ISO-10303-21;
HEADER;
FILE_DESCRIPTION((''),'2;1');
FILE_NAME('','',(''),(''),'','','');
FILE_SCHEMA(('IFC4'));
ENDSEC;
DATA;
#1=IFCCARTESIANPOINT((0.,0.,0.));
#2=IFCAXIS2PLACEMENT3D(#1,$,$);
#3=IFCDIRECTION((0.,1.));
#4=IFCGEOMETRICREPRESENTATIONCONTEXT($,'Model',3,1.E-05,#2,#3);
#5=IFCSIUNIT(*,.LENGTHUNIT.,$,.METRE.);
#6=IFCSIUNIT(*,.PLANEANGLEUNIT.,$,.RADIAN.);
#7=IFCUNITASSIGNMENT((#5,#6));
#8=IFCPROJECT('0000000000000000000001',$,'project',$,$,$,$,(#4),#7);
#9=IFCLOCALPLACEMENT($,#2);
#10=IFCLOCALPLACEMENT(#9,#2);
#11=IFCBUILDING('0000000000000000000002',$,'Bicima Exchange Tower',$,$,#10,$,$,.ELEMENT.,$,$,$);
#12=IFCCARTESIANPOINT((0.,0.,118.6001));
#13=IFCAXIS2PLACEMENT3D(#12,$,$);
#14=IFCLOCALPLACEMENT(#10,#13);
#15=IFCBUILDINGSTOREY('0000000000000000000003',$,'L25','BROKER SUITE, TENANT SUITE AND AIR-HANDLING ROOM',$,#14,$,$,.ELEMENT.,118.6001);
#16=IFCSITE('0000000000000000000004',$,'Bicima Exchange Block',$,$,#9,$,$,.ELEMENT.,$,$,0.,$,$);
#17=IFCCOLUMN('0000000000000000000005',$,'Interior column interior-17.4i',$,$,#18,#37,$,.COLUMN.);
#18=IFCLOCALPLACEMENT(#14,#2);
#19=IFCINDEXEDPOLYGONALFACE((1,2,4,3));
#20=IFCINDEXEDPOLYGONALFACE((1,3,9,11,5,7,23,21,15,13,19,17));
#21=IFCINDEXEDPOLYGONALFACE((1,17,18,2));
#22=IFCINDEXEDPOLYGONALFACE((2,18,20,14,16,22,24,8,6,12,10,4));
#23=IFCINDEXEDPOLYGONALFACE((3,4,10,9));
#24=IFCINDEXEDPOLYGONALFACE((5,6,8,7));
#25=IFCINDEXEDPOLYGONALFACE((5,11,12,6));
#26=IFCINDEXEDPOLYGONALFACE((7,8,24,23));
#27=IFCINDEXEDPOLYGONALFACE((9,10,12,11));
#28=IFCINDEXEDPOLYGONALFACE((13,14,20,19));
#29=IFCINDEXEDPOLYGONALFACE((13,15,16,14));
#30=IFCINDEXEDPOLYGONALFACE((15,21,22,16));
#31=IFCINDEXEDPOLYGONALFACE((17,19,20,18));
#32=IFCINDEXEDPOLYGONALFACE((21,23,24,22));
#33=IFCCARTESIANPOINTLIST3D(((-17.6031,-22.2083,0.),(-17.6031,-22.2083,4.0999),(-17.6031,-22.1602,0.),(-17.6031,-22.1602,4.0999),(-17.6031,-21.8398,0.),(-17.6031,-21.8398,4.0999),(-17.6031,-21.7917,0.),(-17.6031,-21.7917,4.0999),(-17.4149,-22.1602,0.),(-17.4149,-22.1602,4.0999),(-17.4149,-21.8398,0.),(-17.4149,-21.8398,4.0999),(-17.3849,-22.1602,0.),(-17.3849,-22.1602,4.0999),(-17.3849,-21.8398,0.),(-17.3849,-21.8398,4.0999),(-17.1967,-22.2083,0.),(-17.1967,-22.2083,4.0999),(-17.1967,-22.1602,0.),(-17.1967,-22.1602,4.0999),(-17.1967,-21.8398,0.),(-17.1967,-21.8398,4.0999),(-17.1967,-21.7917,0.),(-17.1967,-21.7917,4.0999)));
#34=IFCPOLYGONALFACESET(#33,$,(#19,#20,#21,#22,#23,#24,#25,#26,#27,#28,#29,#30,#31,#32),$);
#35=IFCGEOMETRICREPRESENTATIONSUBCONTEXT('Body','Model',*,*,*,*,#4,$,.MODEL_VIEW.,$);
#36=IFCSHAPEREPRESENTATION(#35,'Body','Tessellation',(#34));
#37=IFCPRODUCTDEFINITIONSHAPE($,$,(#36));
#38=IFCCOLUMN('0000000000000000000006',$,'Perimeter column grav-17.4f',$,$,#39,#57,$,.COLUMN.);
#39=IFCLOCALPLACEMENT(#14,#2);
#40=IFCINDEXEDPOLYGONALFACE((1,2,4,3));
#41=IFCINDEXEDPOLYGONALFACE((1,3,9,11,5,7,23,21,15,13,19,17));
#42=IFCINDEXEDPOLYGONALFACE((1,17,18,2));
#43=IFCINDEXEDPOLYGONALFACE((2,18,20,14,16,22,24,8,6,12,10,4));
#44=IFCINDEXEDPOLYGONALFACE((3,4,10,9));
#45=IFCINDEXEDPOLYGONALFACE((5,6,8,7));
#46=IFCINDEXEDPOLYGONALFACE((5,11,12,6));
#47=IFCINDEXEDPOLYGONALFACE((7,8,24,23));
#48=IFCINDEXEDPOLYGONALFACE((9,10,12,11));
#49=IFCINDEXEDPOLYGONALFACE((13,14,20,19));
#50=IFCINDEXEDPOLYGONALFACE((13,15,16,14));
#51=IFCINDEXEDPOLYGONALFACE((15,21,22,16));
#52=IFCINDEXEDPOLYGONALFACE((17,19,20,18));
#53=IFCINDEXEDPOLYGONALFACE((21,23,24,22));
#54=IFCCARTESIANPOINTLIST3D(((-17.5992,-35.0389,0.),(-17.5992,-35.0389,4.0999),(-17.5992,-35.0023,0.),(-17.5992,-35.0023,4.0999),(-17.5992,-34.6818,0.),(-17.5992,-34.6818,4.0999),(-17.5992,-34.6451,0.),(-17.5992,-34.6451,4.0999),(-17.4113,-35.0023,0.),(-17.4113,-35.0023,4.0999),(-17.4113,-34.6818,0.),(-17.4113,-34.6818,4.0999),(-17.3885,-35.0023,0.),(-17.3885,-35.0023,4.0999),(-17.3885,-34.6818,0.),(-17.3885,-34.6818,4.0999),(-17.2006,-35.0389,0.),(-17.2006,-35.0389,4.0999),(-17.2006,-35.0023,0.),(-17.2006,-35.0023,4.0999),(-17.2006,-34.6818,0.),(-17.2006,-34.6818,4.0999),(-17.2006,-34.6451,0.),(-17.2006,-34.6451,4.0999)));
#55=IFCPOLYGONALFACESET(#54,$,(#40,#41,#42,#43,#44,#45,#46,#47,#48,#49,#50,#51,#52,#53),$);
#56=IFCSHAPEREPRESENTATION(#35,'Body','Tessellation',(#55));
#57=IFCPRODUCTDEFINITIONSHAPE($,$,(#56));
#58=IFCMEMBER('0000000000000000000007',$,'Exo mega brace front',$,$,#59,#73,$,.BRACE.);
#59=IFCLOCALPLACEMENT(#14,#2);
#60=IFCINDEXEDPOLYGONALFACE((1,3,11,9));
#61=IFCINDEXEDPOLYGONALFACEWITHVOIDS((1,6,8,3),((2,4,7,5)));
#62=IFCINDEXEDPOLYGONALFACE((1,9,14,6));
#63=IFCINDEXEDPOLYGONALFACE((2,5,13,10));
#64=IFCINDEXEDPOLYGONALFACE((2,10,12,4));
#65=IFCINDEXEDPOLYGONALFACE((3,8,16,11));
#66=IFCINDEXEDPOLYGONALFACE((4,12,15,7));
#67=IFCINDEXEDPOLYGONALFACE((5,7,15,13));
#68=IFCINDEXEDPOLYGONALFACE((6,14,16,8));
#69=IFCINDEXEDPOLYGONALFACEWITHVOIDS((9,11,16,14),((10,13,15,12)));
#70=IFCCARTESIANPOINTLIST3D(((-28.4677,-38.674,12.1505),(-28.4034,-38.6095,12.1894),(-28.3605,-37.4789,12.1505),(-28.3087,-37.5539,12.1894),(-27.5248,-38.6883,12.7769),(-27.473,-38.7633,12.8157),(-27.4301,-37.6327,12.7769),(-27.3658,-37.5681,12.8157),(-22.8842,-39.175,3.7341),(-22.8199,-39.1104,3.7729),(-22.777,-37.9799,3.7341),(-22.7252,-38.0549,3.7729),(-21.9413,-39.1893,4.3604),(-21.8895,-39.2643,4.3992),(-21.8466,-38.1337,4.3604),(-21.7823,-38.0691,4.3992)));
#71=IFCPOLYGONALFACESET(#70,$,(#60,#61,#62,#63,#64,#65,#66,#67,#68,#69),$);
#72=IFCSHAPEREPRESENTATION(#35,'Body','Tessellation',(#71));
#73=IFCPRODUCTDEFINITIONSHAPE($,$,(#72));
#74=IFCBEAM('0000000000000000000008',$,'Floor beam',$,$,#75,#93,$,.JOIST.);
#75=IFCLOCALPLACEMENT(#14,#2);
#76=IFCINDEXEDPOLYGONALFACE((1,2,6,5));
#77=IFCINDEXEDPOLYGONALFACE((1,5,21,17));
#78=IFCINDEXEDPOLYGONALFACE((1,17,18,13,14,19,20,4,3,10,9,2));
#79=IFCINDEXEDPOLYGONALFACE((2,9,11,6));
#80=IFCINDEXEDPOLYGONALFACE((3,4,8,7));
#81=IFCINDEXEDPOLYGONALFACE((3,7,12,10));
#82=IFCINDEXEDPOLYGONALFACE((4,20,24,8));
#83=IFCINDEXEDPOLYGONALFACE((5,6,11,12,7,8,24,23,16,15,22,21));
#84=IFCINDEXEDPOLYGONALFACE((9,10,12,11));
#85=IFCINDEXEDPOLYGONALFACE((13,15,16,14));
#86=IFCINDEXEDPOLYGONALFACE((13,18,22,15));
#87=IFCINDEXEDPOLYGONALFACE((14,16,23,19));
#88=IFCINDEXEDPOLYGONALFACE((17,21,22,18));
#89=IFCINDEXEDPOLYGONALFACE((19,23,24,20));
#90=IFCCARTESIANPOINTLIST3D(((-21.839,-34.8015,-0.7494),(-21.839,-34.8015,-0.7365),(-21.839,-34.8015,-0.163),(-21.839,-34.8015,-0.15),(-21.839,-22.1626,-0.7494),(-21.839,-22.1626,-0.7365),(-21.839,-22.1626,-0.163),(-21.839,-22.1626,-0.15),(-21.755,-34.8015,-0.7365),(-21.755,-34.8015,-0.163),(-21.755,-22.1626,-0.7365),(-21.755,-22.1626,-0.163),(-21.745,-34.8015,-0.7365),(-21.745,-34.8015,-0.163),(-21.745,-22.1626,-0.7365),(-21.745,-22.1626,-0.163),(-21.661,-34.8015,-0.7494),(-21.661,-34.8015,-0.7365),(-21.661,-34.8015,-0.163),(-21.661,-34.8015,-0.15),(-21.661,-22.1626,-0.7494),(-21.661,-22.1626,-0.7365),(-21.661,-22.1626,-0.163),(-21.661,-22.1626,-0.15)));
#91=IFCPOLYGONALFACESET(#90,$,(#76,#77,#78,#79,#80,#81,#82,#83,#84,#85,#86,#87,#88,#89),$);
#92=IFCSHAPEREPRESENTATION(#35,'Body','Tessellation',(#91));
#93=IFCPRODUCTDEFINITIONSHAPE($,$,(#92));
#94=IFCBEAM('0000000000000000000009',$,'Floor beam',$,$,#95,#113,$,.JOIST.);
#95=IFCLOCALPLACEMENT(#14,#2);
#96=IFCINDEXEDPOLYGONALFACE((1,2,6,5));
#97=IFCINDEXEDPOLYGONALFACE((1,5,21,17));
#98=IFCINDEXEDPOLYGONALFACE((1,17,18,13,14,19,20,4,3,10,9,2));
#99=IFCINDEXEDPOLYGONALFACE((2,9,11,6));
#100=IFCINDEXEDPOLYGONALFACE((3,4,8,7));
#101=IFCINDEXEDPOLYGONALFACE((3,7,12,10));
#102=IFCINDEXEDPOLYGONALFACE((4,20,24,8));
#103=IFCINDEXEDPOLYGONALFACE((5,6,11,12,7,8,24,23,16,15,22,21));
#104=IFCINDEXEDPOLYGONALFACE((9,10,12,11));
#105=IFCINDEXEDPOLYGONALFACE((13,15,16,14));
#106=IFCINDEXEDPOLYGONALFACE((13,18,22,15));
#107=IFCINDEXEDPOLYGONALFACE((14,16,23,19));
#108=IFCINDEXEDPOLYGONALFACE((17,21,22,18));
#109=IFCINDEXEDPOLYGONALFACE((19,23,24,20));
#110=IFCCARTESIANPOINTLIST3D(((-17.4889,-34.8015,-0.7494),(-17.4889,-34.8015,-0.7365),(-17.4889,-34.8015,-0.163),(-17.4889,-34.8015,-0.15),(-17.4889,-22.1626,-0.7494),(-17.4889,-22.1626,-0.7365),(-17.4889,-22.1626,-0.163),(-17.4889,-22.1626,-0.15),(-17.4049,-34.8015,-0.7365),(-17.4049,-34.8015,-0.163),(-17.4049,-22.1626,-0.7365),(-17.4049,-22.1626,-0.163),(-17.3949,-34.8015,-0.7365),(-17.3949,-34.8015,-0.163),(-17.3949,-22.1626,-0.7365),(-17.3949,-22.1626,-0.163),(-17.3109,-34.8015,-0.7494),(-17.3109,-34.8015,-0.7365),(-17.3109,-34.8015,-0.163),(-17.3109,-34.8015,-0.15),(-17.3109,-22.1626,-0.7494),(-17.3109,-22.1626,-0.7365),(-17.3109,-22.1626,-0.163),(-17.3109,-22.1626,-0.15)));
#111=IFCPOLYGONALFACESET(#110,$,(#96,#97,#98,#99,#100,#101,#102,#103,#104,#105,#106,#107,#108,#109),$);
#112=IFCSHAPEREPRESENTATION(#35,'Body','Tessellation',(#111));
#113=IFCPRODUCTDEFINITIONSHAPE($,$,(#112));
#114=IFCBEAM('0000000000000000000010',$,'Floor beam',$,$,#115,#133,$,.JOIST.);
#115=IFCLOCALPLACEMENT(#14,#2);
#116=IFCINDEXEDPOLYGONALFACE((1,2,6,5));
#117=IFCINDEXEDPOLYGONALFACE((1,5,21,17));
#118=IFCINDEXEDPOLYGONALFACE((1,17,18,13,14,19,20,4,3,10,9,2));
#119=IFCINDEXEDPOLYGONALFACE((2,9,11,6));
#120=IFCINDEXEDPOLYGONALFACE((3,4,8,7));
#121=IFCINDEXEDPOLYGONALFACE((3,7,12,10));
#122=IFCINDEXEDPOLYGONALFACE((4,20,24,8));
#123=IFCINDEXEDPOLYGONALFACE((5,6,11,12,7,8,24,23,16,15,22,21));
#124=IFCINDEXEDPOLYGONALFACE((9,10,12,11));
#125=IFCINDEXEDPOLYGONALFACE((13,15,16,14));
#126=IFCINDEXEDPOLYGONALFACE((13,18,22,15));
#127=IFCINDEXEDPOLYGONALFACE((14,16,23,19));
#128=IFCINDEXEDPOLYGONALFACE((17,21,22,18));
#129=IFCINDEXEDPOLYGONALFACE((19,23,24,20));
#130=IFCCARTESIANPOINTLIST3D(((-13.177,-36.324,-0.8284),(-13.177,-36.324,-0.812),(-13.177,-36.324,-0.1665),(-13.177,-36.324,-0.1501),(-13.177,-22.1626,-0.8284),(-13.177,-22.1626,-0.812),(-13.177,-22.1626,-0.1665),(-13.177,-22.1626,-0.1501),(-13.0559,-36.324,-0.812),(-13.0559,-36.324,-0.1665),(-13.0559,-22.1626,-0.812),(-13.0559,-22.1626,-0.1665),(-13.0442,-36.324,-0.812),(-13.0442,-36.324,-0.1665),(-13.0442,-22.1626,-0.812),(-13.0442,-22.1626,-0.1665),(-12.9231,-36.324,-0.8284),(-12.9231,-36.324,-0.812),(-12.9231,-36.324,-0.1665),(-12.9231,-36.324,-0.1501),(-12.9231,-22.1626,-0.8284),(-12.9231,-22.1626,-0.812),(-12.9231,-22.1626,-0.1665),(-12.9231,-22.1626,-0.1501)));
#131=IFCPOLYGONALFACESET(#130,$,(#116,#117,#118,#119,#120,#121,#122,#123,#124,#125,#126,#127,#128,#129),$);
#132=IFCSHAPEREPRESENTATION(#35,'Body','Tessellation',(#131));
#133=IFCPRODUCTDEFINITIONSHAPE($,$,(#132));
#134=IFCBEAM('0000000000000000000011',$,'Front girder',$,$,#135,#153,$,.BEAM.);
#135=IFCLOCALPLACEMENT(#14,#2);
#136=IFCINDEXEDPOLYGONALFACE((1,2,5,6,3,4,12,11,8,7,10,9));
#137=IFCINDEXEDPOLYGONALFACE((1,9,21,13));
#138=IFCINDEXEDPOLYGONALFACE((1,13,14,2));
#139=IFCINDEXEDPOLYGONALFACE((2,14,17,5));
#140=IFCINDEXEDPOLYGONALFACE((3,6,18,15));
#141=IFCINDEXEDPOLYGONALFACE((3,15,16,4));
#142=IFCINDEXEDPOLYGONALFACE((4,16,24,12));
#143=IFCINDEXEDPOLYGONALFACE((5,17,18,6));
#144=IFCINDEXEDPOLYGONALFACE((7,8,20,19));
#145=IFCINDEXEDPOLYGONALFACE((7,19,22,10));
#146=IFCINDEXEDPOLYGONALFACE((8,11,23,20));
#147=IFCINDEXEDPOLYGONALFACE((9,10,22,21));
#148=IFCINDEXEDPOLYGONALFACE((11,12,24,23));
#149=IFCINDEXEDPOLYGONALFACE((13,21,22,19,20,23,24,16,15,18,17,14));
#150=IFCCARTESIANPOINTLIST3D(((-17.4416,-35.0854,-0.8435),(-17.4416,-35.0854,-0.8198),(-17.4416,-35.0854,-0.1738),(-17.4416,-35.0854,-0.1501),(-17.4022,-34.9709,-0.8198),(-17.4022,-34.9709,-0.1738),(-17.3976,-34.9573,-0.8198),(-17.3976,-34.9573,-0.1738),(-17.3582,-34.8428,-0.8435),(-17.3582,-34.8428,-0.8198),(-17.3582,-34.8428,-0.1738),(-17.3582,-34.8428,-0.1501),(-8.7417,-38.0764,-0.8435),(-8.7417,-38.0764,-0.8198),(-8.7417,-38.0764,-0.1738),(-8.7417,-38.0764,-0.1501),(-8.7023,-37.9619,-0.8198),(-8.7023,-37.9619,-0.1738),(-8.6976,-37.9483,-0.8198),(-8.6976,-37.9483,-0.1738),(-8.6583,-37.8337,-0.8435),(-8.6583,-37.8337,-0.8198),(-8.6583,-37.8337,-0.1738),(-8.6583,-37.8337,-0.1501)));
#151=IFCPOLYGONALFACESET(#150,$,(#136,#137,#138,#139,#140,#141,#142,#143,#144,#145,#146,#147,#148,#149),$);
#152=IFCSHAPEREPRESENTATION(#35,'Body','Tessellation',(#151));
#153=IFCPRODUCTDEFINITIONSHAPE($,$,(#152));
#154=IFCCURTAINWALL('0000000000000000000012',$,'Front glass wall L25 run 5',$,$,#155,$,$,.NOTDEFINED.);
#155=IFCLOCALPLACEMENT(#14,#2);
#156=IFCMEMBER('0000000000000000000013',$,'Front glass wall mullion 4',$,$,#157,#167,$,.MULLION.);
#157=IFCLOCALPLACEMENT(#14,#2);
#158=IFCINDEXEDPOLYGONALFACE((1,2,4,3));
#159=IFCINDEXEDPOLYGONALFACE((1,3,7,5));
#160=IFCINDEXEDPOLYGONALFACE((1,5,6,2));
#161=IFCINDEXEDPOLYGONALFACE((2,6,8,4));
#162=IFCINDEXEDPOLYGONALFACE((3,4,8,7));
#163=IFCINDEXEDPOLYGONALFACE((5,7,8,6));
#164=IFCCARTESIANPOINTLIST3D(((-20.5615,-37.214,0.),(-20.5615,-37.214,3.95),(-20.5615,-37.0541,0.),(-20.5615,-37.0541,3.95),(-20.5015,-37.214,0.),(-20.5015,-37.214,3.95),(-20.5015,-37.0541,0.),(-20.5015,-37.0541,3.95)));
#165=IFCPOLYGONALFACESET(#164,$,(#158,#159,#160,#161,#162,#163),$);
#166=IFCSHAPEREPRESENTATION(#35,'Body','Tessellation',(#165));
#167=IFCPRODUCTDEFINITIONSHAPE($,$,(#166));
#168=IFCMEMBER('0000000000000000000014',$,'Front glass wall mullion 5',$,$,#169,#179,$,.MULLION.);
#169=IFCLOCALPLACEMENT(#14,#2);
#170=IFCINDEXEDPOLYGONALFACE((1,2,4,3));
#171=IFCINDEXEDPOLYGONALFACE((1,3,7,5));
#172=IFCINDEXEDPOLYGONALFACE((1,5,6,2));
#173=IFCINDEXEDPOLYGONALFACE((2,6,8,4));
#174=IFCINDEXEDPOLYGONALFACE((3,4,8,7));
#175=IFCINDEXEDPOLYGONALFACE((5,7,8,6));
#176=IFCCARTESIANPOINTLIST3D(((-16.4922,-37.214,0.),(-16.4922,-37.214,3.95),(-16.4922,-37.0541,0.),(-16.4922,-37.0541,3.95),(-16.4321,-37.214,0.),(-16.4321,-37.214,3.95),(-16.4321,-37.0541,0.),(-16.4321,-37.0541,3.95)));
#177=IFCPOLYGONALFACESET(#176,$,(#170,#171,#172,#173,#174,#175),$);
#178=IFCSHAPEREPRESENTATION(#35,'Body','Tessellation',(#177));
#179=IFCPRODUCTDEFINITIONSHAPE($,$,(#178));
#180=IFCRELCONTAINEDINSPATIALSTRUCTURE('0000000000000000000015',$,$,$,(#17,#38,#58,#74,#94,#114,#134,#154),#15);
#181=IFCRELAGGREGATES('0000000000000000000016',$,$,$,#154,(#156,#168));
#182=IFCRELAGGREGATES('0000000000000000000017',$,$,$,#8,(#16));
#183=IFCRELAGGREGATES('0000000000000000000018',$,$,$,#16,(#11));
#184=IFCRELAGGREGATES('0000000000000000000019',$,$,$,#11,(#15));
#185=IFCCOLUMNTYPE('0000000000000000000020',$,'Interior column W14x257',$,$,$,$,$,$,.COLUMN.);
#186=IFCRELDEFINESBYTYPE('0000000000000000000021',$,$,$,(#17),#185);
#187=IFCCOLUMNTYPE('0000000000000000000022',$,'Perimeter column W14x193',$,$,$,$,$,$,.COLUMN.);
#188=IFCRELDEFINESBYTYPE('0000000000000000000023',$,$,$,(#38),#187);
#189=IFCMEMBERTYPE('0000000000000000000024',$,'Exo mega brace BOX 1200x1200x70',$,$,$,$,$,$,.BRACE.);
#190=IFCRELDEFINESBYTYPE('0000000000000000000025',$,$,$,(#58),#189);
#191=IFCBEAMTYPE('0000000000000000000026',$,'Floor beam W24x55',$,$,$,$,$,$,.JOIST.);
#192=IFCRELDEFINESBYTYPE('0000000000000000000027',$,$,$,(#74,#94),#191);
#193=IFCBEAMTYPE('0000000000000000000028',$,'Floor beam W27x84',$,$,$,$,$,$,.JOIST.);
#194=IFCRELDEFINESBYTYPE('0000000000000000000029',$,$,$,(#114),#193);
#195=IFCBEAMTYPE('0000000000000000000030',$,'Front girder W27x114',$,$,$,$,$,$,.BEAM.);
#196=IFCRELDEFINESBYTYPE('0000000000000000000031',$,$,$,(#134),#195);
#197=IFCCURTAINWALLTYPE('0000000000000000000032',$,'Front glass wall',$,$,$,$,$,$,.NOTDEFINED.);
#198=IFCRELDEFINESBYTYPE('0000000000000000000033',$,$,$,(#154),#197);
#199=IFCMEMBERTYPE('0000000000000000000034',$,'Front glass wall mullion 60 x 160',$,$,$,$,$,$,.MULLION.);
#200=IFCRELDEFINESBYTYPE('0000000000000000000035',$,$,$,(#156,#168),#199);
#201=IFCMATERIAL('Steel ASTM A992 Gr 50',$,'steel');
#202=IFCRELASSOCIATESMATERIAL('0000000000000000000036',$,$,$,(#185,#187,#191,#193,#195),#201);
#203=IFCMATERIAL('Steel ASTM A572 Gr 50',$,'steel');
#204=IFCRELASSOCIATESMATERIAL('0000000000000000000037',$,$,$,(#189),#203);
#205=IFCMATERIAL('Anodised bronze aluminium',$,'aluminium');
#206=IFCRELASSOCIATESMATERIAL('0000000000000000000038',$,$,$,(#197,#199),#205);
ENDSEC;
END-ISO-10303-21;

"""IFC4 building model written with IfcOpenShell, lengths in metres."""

from ifc_helpers import new_model, si_unit, direction, frame, origin, origin_2d, place, context, subcontext, project, spatial, rectangle, hollow_rectangle, i_section, extrude, material, material_profile, profile_set, type_object, element, aggregate, save


model = new_model("IFC4")

# Units and contexts
model_context = context("Model", 3, precision=1e-05, world=origin(), true_north=direction((0.0, 1.0)))
body_context = subcontext(model_context, "Body", "Model", "MODEL_VIEW")
ifc_project = project(units=[si_unit("LENGTHUNIT", "METRE"), si_unit("PLANEANGLEUNIT", "RADIAN")], contexts=[model_context])

# Site, building, storey
site_placement = place(None, origin())
site = spatial("IfcSite", under=ifc_project, at=site_placement, Name="Bicima Exchange Block", CompositionType="ELEMENT", RefElevation=0.0)
building_placement = place(site_placement, origin())
building = spatial("IfcBuilding", under=site, at=building_placement, Name="Bicima Exchange Tower", CompositionType="ELEMENT")
storey_placement = place(building_placement, frame((0.0, 0.0, 118.6001)))
storey = spatial("IfcBuildingStorey", under=building, at=storey_placement, Name="L25", Description="BROKER SUITE, TENANT SUITE AND AIR-HANDLING ROOM", CompositionType="ELEMENT", Elevation=118.6001)

# Columns
ifc_material_1 = material(Name="Steel ASTM A992 Gr 50", Category="steel")
ifc_material_profile_1 = material_profile(ifc_material_1, i_section(OverallWidth=0.4065, OverallDepth=0.4165, WebThickness=0.03, FlangeThickness=0.0481, at=origin_2d()))
ifc_profile_set_1 = profile_set([ifc_material_profile_1], Name="Steel ASTM A992 Gr 50")
column_type_1 = type_object("IfcColumnType", Name="Interior column W14x257", PredefinedType="COLUMN", material=ifc_profile_set_1)
column_1_placement = place(storey_placement, frame((-17.3999, -22.0, 0.0), z_axis=(0.0, 0.0, 1.0), x_axis=(1.0, 0.0, 0.0)))
element("IfcColumn", 1, at=column_1_placement, inside=storey, type_object=column_type_1, Name="Interior column interior-17.4i", PredefinedType="COLUMN", context=body_context, shape_type="SweptSolid", body=[
    extrude(i_section(OverallWidth=0.4065, OverallDepth=0.4165, WebThickness=0.03, FlangeThickness=0.0481, at=origin_2d()), origin(), (0.0, 0.0, 1.0), 4.0999),
])
ifc_material_profile_2 = material_profile(ifc_material_1, i_section(OverallWidth=0.3987, OverallDepth=0.3938, WebThickness=0.0227, FlangeThickness=0.0366, at=origin_2d()))
ifc_profile_set_2 = profile_set([ifc_material_profile_2], Name="Steel ASTM A992 Gr 50")
column_type_2 = type_object("IfcColumnType", Name="Perimeter column W14x193", PredefinedType="COLUMN", material=ifc_profile_set_2)
column_2_placement = place(storey_placement, frame((-17.3999, -34.842, 0.0), z_axis=(0.0, 0.0, 1.0), x_axis=(1.0, 0.0, 0.0)))
element("IfcColumn", 2, at=column_2_placement, inside=storey, type_object=column_type_2, Name="Perimeter column grav-17.4f", PredefinedType="COLUMN", context=body_context, shape_type="SweptSolid", body=[
    extrude(i_section(OverallWidth=0.3987, OverallDepth=0.3938, WebThickness=0.0227, FlangeThickness=0.0366, at=origin_2d()), origin(), (0.0, 0.0, 1.0), 4.0999),
])

# Member
ifc_material_2 = material(Name="Steel ASTM A572 Gr 50", Category="steel")
ifc_material_profile_3 = material_profile(ifc_material_2, hollow_rectangle(XDim=1.2, YDim=1.2, WallThickness=0.0701, at=origin_2d()))
ifc_profile_set_3 = profile_set([ifc_material_profile_3], Name="Steel ASTM A572 Gr 50")
member_type_1 = type_object("IfcMemberType", Name="Exo mega brace BOX 1200x1200x70", PredefinedType="BRACE", material=ifc_profile_set_3)
member_1_placement = place(storey_placement, frame((-22.3333, -38.6221, 4.0667), z_axis=(-0.552135, 0.04954, 0.832282), x_axis=(-0.089366, -0.995999, 0.0)))
element("IfcMember", 3, at=member_1_placement, inside=storey, type_object=member_type_1, Name="Exo mega brace front", PredefinedType="BRACE", context=body_context, shape_type="SweptSolid", body=[
    extrude(hollow_rectangle(XDim=1.2, YDim=1.2, WallThickness=0.0701, at=origin_2d()), origin(), (0.0, 0.0, 1.0), 10.1125),
])

# Beams
ifc_material_profile_4 = material_profile(ifc_material_1, i_section(OverallWidth=0.178, OverallDepth=0.5994, WebThickness=0.01, FlangeThickness=0.0129, at=origin_2d()))
ifc_profile_set_4 = profile_set([ifc_material_profile_4], Name="Steel ASTM A992 Gr 50")
beam_type_1 = type_object("IfcBeamType", Name="Floor beam W24x55", PredefinedType="JOIST", material=ifc_profile_set_4)
for number, where, z_axis, x_axis, name in (
    (4, (-21.75, -22.1626, -0.4497), (0.0, -1.0, 0.0), (1.0, 0.0, 0.0), "Floor beam"),
    (5, (-17.3999, -22.1626, -0.4497), (0.0, -1.0, 0.0), (1.0, 0.0, 0.0), "Floor beam"),
):
    element("IfcBeam", number, at=place(storey_placement, frame(where, z_axis=z_axis, x_axis=x_axis)), inside=storey, type_object=beam_type_1, Name=name, PredefinedType="JOIST", context=body_context, shape_type="SweptSolid", body=[
        extrude(i_section(OverallWidth=0.178, OverallDepth=0.5994, WebThickness=0.01, FlangeThickness=0.0129, at=origin_2d()), origin(), (0.0, 0.0, 1.0), 12.6389),
    ])
ifc_material_profile_5 = material_profile(ifc_material_1, i_section(OverallWidth=0.2539, OverallDepth=0.6782, WebThickness=0.0117, FlangeThickness=0.0164, at=origin_2d()))
ifc_profile_set_5 = profile_set([ifc_material_profile_5], Name="Steel ASTM A992 Gr 50")
beam_type_2 = type_object("IfcBeamType", Name="Floor beam W27x84", PredefinedType="JOIST", material=ifc_profile_set_5)
beam_1_placement = place(storey_placement, frame((-13.05, -22.1626, -0.4893), z_axis=(0.0, -1.0, 0.0), x_axis=(1.0, 0.0, 0.0)))
element("IfcBeam", 6, at=beam_1_placement, inside=storey, type_object=beam_type_2, Name="Floor beam", PredefinedType="JOIST", context=body_context, shape_type="SweptSolid", body=[
    extrude(i_section(OverallWidth=0.2539, OverallDepth=0.6782, WebThickness=0.0117, FlangeThickness=0.0164, at=origin_2d()), origin(), (0.0, 0.0, 1.0), 14.1614),
])
ifc_material_profile_6 = material_profile(ifc_material_1, i_section(OverallWidth=0.2566, OverallDepth=0.6934, WebThickness=0.0144, FlangeThickness=0.0237, at=origin_2d()))
ifc_profile_set_6 = profile_set([ifc_material_profile_6], Name="Steel ASTM A992 Gr 50")
beam_type_3 = type_object("IfcBeamType", Name="Front girder W27x114", PredefinedType="BEAM", material=ifc_profile_set_6)
beam_2_placement = place(storey_placement, frame((-17.3999, -34.9641, -0.4968), z_axis=(0.945675, -0.325115, 0.0), x_axis=(0.325115, 0.945675, 0.0)))
element("IfcBeam", 7, at=beam_2_placement, inside=storey, type_object=beam_type_3, Name="Front girder", PredefinedType="BEAM", context=body_context, shape_type="SweptSolid", body=[
    extrude(i_section(OverallWidth=0.2566, OverallDepth=0.6934, WebThickness=0.0144, FlangeThickness=0.0237, at=origin_2d()), origin(), (0.0, 0.0, 1.0), 9.1997),
])

# Curtain wall, members
ifc_material_3 = material(Name="Anodised bronze aluminium", Category="aluminium")
curtain_wall_type = type_object("IfcCurtainWallType", Name="Front glass wall", PredefinedType="NOTDEFINED", material=ifc_material_3)
curtain_wall_1_placement = place(storey_placement, origin())
curtain_wall_1 = element("IfcCurtainWall", 8, at=curtain_wall_1_placement, inside=storey, type_object=curtain_wall_type, Name="Front glass wall L25 run 5", PredefinedType="NOTDEFINED")
ifc_material_profile_7 = material_profile(ifc_material_3, rectangle(XDim=0.1599, YDim=0.0601, at=origin_2d()))
ifc_profile_set_7 = profile_set([ifc_material_profile_7], Name="Anodised bronze aluminium")
member_type_2 = type_object("IfcMemberType", Name="Front glass wall mullion 60 x 160", PredefinedType="MULLION", material=ifc_profile_set_7)
member_2_placement = place(storey_placement, frame((-20.5315, -37.134, 0.0), z_axis=(0.0, 0.0, 1.0), x_axis=(0.0, 1.0, 0.0)))
member_2 = element("IfcMember", 9, at=member_2_placement, type_object=member_type_2, Name="Front glass wall mullion 4", PredefinedType="MULLION", context=body_context, shape_type="SweptSolid", body=[
    extrude(rectangle(XDim=0.1599, YDim=0.0601, at=origin_2d()), origin(), (0.0, 0.0, 1.0), 3.95),
])
member_3_placement = place(storey_placement, frame((-16.4622, -37.134, 0.0), z_axis=(0.0, 0.0, 1.0), x_axis=(0.0, 1.0, 0.0)))
member_3 = element("IfcMember", 10, at=member_3_placement, type_object=member_type_2, Name="Front glass wall mullion 5", PredefinedType="MULLION", context=body_context, shape_type="SweptSolid", body=[
    extrude(rectangle(XDim=0.1599, YDim=0.0601, at=origin_2d()), origin(), (0.0, 0.0, 1.0), 3.95),
])

aggregate(curtain_wall_1, [member_2, member_3])

save(model, "model.ifc")
